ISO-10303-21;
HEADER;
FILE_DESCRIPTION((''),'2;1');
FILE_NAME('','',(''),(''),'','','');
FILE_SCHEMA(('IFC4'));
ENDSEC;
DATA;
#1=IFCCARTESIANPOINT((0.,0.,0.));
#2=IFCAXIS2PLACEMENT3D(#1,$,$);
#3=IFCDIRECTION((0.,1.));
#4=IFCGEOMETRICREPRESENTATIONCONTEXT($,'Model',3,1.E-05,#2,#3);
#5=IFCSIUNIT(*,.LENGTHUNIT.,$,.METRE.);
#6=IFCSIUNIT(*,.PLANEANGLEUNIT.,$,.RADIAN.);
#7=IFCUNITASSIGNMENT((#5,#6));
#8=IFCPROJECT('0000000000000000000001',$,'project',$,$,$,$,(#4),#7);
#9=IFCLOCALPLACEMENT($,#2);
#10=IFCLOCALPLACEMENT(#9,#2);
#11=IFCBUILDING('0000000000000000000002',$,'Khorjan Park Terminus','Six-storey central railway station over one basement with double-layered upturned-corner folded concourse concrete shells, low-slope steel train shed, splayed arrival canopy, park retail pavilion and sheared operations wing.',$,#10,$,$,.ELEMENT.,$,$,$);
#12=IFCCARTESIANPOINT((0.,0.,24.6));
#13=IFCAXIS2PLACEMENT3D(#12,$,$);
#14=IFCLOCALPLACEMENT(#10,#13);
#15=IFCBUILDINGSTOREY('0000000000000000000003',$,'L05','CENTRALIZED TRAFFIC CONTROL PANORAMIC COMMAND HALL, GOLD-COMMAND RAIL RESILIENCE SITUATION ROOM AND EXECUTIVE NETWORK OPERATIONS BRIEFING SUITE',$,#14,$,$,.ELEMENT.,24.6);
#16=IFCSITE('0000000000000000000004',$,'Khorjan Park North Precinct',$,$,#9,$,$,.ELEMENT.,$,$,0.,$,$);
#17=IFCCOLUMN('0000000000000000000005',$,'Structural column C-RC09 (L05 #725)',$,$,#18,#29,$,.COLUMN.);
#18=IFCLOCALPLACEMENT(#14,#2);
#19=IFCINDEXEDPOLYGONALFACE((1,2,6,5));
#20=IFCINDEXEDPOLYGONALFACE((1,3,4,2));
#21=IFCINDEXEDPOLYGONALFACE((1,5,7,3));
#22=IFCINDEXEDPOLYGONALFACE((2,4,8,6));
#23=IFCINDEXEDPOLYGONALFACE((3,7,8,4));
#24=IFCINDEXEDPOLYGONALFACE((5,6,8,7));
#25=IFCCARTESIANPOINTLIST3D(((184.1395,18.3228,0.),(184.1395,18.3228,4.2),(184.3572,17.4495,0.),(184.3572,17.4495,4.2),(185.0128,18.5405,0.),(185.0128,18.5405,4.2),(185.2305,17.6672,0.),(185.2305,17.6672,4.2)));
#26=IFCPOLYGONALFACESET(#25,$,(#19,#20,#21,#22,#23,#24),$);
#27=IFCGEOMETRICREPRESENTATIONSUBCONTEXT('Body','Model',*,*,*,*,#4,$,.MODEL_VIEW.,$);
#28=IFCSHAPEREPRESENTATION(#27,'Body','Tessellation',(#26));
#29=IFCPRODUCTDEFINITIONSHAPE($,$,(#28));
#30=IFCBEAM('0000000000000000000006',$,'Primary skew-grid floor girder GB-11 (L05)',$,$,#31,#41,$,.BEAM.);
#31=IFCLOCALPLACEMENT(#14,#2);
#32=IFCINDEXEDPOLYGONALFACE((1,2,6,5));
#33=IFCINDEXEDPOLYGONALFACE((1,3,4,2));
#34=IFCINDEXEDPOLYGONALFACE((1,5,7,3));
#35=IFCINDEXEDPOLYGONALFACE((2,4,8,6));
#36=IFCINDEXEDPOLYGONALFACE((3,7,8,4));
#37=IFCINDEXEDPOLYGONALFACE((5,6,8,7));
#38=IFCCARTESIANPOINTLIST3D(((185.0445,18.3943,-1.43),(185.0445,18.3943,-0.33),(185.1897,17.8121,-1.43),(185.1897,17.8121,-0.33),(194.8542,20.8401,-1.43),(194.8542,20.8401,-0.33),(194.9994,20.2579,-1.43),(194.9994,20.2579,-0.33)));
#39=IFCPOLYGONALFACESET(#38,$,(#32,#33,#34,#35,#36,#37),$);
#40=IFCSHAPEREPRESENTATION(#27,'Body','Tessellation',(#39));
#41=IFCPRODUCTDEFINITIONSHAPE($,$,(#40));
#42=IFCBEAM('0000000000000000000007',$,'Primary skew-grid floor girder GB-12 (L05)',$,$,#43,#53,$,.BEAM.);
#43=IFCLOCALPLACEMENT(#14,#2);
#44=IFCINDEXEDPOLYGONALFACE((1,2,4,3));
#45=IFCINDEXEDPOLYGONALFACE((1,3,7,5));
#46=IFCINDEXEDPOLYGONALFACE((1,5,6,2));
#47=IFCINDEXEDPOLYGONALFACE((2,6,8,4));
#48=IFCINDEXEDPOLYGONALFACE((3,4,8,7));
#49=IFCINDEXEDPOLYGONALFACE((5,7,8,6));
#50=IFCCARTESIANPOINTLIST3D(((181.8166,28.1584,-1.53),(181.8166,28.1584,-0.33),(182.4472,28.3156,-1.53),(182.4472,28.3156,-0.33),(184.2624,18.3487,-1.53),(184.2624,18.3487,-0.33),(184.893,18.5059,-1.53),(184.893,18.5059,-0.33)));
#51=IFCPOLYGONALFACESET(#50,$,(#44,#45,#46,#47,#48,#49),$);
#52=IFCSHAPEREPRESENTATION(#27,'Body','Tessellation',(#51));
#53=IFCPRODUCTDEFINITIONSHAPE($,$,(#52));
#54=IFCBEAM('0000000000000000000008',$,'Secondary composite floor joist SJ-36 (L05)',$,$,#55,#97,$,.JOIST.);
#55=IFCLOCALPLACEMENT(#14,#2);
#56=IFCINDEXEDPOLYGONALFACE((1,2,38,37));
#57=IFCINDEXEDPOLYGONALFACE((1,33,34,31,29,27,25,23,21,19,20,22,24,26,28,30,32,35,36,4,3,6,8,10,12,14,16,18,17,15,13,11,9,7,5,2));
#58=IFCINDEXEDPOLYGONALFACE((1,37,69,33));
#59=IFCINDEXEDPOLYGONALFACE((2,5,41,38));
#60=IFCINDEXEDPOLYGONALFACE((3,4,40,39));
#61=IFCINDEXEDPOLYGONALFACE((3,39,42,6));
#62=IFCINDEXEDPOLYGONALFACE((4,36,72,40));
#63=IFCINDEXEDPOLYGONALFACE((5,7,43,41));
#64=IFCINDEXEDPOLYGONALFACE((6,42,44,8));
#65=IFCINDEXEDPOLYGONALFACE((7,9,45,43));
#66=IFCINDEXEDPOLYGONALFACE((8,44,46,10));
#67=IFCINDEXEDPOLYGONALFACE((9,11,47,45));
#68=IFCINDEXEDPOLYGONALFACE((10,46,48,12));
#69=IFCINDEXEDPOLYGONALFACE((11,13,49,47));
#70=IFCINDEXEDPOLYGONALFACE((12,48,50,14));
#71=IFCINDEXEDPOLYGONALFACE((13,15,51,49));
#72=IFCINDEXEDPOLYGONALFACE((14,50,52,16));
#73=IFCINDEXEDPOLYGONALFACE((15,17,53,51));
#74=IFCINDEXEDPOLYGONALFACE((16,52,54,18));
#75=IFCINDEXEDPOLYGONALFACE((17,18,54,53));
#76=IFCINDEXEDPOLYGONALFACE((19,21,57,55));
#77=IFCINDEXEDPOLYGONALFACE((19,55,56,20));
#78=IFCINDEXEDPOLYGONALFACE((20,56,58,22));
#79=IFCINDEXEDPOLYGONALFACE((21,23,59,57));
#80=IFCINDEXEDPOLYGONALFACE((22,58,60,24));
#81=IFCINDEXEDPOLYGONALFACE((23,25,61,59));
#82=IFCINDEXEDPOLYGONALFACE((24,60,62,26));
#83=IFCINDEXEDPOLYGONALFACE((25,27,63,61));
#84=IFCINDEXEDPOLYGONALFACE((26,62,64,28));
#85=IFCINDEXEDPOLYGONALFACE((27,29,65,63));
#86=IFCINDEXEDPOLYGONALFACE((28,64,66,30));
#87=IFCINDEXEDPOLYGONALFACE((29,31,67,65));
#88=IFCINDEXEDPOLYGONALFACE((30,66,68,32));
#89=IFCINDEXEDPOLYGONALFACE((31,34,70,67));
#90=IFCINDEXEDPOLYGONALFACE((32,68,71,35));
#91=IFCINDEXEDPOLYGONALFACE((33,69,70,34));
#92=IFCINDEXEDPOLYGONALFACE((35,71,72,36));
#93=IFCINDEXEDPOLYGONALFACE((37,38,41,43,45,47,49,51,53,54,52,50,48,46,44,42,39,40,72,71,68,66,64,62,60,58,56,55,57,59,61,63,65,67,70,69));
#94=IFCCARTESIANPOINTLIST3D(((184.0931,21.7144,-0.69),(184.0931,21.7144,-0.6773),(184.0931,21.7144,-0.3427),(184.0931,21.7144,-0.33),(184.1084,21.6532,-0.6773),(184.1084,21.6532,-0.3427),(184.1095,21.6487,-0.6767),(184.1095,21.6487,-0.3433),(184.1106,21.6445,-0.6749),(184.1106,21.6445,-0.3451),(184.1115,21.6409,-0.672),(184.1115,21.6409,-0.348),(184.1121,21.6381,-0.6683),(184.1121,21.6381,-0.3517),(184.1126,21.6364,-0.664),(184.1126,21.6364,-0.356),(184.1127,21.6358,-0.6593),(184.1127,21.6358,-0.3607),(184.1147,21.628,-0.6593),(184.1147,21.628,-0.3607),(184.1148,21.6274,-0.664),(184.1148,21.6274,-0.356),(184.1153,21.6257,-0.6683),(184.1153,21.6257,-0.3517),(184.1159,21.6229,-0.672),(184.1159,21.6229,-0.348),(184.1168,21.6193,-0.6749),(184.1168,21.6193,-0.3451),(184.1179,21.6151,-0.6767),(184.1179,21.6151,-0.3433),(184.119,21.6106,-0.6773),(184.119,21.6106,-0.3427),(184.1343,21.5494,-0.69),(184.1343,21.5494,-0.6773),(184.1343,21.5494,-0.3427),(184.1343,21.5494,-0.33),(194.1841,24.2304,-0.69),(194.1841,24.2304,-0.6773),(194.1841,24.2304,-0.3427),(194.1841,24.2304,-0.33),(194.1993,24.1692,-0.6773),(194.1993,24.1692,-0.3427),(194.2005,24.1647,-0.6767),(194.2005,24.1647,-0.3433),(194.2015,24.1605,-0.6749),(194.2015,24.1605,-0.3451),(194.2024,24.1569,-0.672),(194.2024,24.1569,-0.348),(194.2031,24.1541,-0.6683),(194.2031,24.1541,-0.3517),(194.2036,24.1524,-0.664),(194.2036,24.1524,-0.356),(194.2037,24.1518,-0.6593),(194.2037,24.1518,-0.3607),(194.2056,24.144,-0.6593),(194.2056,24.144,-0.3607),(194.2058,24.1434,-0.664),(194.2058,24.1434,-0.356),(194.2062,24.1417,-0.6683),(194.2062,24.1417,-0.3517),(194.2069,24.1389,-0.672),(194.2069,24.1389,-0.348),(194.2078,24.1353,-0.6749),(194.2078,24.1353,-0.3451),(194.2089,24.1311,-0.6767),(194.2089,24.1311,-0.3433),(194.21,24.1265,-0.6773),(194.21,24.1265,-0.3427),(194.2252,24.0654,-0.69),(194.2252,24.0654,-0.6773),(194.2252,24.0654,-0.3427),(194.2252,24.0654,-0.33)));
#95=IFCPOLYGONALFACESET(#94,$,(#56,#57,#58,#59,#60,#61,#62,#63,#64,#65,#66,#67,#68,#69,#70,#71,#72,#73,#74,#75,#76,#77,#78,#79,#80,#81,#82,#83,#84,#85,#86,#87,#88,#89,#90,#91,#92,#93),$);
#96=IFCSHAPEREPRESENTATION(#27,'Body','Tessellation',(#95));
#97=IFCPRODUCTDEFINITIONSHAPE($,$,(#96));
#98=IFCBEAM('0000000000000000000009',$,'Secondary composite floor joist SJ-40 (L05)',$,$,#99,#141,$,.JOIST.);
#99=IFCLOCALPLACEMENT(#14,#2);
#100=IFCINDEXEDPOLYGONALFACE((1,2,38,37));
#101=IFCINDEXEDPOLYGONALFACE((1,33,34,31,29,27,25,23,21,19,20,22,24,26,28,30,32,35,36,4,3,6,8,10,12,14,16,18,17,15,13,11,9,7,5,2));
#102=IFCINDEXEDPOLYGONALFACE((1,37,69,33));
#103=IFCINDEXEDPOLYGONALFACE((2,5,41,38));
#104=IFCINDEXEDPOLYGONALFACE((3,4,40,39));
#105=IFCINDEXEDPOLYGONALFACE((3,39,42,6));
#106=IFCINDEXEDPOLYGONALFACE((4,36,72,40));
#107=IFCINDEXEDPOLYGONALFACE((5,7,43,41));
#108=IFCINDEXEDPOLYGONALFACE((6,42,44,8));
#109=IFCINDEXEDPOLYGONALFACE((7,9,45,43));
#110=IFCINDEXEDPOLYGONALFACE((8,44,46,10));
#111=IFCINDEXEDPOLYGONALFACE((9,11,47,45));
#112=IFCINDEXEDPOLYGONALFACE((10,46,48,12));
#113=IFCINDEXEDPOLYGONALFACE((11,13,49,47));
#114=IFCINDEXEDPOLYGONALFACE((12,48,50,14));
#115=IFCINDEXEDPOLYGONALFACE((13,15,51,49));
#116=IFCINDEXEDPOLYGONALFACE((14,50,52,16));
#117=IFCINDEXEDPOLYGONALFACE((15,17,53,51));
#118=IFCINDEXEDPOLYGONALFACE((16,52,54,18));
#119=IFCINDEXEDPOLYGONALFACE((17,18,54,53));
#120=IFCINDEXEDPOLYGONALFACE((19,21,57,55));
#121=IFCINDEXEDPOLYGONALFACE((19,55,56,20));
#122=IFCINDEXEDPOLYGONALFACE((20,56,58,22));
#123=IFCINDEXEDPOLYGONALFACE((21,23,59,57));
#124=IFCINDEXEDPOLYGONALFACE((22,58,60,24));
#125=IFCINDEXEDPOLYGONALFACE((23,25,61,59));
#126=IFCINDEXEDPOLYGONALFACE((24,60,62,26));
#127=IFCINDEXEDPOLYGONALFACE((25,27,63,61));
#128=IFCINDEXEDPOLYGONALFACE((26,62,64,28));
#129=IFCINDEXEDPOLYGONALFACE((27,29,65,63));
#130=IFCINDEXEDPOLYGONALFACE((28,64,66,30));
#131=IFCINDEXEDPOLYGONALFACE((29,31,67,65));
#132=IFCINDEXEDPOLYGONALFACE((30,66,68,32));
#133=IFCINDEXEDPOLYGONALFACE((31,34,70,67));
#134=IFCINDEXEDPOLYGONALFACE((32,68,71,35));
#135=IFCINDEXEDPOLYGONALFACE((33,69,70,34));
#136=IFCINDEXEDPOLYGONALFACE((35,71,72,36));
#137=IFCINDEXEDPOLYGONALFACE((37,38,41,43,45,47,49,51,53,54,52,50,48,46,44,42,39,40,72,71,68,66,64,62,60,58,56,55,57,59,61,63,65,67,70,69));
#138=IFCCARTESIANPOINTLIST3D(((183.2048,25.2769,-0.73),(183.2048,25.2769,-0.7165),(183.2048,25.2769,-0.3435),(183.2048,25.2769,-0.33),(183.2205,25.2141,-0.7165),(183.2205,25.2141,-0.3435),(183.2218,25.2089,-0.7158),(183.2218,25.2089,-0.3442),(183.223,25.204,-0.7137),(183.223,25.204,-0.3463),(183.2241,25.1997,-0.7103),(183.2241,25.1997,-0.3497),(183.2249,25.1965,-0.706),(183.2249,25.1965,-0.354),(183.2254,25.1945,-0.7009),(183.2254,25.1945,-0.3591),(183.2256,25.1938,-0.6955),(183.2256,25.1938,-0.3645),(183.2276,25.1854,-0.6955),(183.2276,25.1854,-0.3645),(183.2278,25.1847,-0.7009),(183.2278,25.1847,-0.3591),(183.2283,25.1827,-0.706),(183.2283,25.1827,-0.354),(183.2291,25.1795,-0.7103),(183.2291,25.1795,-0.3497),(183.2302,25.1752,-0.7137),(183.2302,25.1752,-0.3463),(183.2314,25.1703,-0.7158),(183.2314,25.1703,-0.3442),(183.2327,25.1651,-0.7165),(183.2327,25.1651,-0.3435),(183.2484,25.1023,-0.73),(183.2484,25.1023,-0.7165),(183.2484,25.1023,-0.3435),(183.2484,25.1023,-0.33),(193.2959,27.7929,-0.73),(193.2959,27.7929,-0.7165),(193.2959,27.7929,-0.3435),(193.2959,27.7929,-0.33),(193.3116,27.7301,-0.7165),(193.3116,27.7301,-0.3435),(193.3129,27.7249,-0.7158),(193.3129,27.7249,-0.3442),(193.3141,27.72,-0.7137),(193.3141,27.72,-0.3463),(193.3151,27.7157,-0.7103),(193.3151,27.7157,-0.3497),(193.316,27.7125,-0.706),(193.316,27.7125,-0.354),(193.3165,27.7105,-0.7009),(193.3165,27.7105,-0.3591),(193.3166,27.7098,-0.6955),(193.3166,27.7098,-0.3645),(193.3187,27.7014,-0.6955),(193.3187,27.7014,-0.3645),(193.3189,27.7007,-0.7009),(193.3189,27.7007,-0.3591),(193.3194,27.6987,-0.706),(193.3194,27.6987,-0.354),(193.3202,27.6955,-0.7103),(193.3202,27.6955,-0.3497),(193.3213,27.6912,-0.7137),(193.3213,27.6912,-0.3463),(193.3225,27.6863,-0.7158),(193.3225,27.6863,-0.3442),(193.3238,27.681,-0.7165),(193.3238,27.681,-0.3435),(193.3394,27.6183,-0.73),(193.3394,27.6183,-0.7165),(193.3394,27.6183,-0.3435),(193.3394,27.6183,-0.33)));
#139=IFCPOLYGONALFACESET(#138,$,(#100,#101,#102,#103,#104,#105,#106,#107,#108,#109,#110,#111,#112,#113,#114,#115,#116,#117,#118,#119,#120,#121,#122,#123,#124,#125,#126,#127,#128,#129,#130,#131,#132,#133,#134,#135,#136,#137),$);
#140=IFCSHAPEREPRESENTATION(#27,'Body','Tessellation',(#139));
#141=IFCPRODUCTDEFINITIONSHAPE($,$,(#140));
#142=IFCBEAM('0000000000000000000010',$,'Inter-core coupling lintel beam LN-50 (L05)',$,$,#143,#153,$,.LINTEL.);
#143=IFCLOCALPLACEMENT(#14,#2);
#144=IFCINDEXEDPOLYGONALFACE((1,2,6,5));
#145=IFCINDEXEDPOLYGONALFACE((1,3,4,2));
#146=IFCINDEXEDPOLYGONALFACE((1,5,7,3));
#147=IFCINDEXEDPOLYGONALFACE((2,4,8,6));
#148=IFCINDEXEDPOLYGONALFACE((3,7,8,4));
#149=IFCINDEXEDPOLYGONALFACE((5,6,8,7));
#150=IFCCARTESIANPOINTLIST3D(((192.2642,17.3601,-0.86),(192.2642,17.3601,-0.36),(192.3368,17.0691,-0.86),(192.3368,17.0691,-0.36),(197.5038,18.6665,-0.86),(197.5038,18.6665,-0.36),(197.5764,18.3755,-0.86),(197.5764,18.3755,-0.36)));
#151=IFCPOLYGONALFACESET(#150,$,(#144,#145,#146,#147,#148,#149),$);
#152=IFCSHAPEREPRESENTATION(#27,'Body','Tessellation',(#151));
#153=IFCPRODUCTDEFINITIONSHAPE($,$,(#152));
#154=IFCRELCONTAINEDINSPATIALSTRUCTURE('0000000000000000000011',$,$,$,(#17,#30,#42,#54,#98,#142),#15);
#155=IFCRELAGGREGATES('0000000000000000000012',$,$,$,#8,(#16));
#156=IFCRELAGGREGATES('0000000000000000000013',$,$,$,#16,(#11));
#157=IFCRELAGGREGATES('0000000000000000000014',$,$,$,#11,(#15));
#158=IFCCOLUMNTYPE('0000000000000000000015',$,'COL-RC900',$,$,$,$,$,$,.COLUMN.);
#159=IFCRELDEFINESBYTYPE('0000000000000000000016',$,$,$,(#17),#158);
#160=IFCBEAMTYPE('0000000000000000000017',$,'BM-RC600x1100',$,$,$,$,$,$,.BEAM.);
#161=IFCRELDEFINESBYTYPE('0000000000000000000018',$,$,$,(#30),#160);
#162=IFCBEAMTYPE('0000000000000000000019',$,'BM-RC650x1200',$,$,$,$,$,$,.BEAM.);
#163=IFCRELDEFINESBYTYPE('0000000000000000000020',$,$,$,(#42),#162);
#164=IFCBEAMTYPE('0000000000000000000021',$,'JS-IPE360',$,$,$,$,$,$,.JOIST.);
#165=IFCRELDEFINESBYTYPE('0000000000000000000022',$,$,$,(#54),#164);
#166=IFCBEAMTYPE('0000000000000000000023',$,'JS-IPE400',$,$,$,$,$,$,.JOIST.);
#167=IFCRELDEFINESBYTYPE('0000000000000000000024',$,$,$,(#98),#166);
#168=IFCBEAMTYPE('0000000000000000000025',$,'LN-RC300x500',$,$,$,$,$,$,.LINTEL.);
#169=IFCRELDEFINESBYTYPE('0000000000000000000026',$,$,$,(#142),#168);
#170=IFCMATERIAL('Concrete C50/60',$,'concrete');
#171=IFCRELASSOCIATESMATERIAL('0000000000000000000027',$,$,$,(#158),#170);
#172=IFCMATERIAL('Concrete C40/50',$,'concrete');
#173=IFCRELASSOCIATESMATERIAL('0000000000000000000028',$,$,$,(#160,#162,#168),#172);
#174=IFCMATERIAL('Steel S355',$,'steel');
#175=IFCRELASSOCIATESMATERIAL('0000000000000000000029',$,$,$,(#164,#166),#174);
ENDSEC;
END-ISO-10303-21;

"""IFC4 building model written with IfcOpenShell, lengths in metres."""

from ifc_helpers import new_model, si_unit, direction, frame, origin, origin_2d, place, context, subcontext, project, spatial, rectangle, i_section, extrude, material, material_profile, profile_set, type_object, element, save


model = new_model("IFC4")

# Units and contexts
model_context = context("Model", 3, precision=1e-05, world=origin(), true_north=direction((0.0, 1.0)))
body_context = subcontext(model_context, "Body", "Model", "MODEL_VIEW")
ifc_project = project(units=[si_unit("LENGTHUNIT", "METRE"), si_unit("PLANEANGLEUNIT", "RADIAN")], contexts=[model_context])

# Site, building, storey
site_placement = place(None, origin())
site = spatial("IfcSite", under=ifc_project, at=site_placement, Name="Khorjan Park North Precinct", CompositionType="ELEMENT", RefElevation=0.0)
building_placement = place(site_placement, origin())
building = spatial("IfcBuilding", under=site, at=building_placement, Name="Khorjan Park Terminus", Description="Six-storey central railway station over one basement with double-layered upturned-corner folded concourse concrete shells, low-slope steel train shed, splayed arrival canopy, park retail pavilion and sheared operations wing.", CompositionType="ELEMENT")
storey_placement = place(building_placement, frame((0.0, 0.0, 24.6)))
storey = spatial("IfcBuildingStorey", under=building, at=storey_placement, Name="L05", Description="CENTRALIZED TRAFFIC CONTROL PANORAMIC COMMAND HALL, GOLD-COMMAND RAIL RESILIENCE SITUATION ROOM AND EXECUTIVE NETWORK OPERATIONS BRIEFING SUITE", CompositionType="ELEMENT", Elevation=24.6)

# Column
ifc_material_1 = material(Name="Concrete C50/60", Category="concrete")
ifc_material_profile_1 = material_profile(ifc_material_1, rectangle(XDim=0.9, YDim=0.9, at=origin_2d()), Name="RC 900x900")
ifc_profile_set_1 = profile_set([ifc_material_profile_1], Name="Concrete C50/60")
column_type = type_object("IfcColumnType", Name="COL-RC900", PredefinedType="COLUMN", material=ifc_profile_set_1)
column_placement = place(storey_placement, frame((184.685, 17.995, 0.0), z_axis=(0.0, 0.0, 1.0), x_axis=(0.970296, 0.241922, 0.0)))
element("IfcColumn", 1, at=column_placement, inside=storey, type_object=column_type, Name="Structural column C-RC09 (L05 #725)", PredefinedType="COLUMN", context=body_context, shape_type="SweptSolid", body=[
    extrude(rectangle(XDim=0.9, YDim=0.9, at=origin_2d()), origin(), (0.0, 0.0, 1.0), 4.2),
])

# Beams
ifc_material_2 = material(Name="Concrete C40/50", Category="concrete")
ifc_material_profile_2 = material_profile(ifc_material_2, rectangle(XDim=0.6, YDim=1.1, at=origin_2d()), Name="RC 600x1100")
ifc_profile_set_2 = profile_set([ifc_material_profile_2], Name="Concrete C40/50")
beam_type_1 = type_object("IfcBeamType", Name="BM-RC600x1100", PredefinedType="BEAM", material=ifc_profile_set_2)
beam_1_placement = place(storey_placement, frame((185.1171, 18.1032, -0.88), z_axis=(0.970296, 0.241919, 0.0), x_axis=(-0.241919, 0.970296, 0.0)))
element("IfcBeam", 2, at=beam_1_placement, inside=storey, type_object=beam_type_1, Name="Primary skew-grid floor girder GB-11 (L05)", PredefinedType="BEAM", context=body_context, shape_type="SweptSolid", body=[
    extrude(rectangle(XDim=0.6, YDim=1.1, at=origin_2d()), origin(), (0.0, 0.0, 1.0), 10.11),
])
ifc_material_profile_3 = material_profile(ifc_material_2, rectangle(XDim=0.65, YDim=1.2, at=origin_2d()), Name="RC 650x1200")
ifc_profile_set_3 = profile_set([ifc_material_profile_3], Name="Concrete C40/50")
beam_type_2 = type_object("IfcBeamType", Name="BM-RC650x1200", PredefinedType="BEAM", material=ifc_profile_set_3)
beam_2_placement = place(storey_placement, frame((184.5777, 18.4273, -0.93), z_axis=(-0.241919, 0.970296, 0.0), x_axis=(-0.970296, -0.241919, 0.0)))
element("IfcBeam", 3, at=beam_2_placement, inside=storey, type_object=beam_type_2, Name="Primary skew-grid floor girder GB-12 (L05)", PredefinedType="BEAM", context=body_context, shape_type="SweptSolid", body=[
    extrude(rectangle(XDim=0.65, YDim=1.2, at=origin_2d()), origin(), (0.0, 0.0, 1.0), 10.11),
])
ifc_material_3 = material(Name="Steel S355", Category="steel")
ifc_material_profile_4 = material_profile(ifc_material_3, i_section(OverallWidth=0.17, OverallDepth=0.36, WebThickness=0.008, FlangeThickness=0.0127, FilletRadius=0.018, at=origin_2d()), Name="IPE 360")
ifc_profile_set_4 = profile_set([ifc_material_profile_4], Name="Steel S355")
beam_type_3 = type_object("IfcBeamType", Name="JS-IPE360", PredefinedType="JOIST", material=ifc_profile_set_4)
beam_3_placement = place(storey_placement, frame((184.1137, 21.6319, -0.51), z_axis=(0.970295, 0.241925, 0.0), x_axis=(-0.241925, 0.970295, 0.0)))
element("IfcBeam", 4, at=beam_3_placement, inside=storey, type_object=beam_type_3, Name="Secondary composite floor joist SJ-36 (L05)", PredefinedType="JOIST", context=body_context, shape_type="SweptSolid", body=[
    extrude(i_section(OverallWidth=0.17, OverallDepth=0.36, WebThickness=0.008, FlangeThickness=0.0127, FilletRadius=0.018, at=origin_2d()), origin(), (0.0, 0.0, 1.0), 10.3999),
])
ifc_material_profile_5 = material_profile(ifc_material_3, i_section(OverallWidth=0.18, OverallDepth=0.4, WebThickness=0.0086, FlangeThickness=0.0135, FilletRadius=0.021, at=origin_2d()), Name="IPE 400")
ifc_profile_set_5 = profile_set([ifc_material_profile_5], Name="Steel S355")
beam_type_4 = type_object("IfcBeamType", Name="JS-IPE400", PredefinedType="JOIST", material=ifc_profile_set_5)
beam_4_placement = place(storey_placement, frame((183.2266, 25.1896, -0.53), z_axis=(0.970296, 0.241922, 0.0), x_axis=(-0.241922, 0.970296, 0.0)))
element("IfcBeam", 5, at=beam_4_placement, inside=storey, type_object=beam_type_4, Name="Secondary composite floor joist SJ-40 (L05)", PredefinedType="JOIST", context=body_context, shape_type="SweptSolid", body=[
    extrude(i_section(OverallWidth=0.18, OverallDepth=0.4, WebThickness=0.0086, FlangeThickness=0.0135, FilletRadius=0.021, at=origin_2d()), origin(), (0.0, 0.0, 1.0), 10.4),
])
ifc_material_profile_6 = material_profile(ifc_material_2, rectangle(XDim=0.3, YDim=0.5, at=origin_2d()), Name="RC 300x500")
ifc_profile_set_6 = profile_set([ifc_material_profile_6], Name="Concrete C40/50")
beam_type_5 = type_object("IfcBeamType", Name="LN-RC300x500", PredefinedType="LINTEL", material=ifc_profile_set_6)
beam_5_placement = place(storey_placement, frame((192.3005, 17.2146, -0.61), z_axis=(0.970295, 0.241926, 0.0), x_axis=(-0.241926, 0.970295, 0.0)))
element("IfcBeam", 6, at=beam_5_placement, inside=storey, type_object=beam_type_5, Name="Inter-core coupling lintel beam LN-50 (L05)", PredefinedType="LINTEL", context=body_context, shape_type="SweptSolid", body=[
    extrude(rectangle(XDim=0.3, YDim=0.5, at=origin_2d()), origin(), (0.0, 0.0, 1.0), 5.4),
])

save(model, "model.ifc")
